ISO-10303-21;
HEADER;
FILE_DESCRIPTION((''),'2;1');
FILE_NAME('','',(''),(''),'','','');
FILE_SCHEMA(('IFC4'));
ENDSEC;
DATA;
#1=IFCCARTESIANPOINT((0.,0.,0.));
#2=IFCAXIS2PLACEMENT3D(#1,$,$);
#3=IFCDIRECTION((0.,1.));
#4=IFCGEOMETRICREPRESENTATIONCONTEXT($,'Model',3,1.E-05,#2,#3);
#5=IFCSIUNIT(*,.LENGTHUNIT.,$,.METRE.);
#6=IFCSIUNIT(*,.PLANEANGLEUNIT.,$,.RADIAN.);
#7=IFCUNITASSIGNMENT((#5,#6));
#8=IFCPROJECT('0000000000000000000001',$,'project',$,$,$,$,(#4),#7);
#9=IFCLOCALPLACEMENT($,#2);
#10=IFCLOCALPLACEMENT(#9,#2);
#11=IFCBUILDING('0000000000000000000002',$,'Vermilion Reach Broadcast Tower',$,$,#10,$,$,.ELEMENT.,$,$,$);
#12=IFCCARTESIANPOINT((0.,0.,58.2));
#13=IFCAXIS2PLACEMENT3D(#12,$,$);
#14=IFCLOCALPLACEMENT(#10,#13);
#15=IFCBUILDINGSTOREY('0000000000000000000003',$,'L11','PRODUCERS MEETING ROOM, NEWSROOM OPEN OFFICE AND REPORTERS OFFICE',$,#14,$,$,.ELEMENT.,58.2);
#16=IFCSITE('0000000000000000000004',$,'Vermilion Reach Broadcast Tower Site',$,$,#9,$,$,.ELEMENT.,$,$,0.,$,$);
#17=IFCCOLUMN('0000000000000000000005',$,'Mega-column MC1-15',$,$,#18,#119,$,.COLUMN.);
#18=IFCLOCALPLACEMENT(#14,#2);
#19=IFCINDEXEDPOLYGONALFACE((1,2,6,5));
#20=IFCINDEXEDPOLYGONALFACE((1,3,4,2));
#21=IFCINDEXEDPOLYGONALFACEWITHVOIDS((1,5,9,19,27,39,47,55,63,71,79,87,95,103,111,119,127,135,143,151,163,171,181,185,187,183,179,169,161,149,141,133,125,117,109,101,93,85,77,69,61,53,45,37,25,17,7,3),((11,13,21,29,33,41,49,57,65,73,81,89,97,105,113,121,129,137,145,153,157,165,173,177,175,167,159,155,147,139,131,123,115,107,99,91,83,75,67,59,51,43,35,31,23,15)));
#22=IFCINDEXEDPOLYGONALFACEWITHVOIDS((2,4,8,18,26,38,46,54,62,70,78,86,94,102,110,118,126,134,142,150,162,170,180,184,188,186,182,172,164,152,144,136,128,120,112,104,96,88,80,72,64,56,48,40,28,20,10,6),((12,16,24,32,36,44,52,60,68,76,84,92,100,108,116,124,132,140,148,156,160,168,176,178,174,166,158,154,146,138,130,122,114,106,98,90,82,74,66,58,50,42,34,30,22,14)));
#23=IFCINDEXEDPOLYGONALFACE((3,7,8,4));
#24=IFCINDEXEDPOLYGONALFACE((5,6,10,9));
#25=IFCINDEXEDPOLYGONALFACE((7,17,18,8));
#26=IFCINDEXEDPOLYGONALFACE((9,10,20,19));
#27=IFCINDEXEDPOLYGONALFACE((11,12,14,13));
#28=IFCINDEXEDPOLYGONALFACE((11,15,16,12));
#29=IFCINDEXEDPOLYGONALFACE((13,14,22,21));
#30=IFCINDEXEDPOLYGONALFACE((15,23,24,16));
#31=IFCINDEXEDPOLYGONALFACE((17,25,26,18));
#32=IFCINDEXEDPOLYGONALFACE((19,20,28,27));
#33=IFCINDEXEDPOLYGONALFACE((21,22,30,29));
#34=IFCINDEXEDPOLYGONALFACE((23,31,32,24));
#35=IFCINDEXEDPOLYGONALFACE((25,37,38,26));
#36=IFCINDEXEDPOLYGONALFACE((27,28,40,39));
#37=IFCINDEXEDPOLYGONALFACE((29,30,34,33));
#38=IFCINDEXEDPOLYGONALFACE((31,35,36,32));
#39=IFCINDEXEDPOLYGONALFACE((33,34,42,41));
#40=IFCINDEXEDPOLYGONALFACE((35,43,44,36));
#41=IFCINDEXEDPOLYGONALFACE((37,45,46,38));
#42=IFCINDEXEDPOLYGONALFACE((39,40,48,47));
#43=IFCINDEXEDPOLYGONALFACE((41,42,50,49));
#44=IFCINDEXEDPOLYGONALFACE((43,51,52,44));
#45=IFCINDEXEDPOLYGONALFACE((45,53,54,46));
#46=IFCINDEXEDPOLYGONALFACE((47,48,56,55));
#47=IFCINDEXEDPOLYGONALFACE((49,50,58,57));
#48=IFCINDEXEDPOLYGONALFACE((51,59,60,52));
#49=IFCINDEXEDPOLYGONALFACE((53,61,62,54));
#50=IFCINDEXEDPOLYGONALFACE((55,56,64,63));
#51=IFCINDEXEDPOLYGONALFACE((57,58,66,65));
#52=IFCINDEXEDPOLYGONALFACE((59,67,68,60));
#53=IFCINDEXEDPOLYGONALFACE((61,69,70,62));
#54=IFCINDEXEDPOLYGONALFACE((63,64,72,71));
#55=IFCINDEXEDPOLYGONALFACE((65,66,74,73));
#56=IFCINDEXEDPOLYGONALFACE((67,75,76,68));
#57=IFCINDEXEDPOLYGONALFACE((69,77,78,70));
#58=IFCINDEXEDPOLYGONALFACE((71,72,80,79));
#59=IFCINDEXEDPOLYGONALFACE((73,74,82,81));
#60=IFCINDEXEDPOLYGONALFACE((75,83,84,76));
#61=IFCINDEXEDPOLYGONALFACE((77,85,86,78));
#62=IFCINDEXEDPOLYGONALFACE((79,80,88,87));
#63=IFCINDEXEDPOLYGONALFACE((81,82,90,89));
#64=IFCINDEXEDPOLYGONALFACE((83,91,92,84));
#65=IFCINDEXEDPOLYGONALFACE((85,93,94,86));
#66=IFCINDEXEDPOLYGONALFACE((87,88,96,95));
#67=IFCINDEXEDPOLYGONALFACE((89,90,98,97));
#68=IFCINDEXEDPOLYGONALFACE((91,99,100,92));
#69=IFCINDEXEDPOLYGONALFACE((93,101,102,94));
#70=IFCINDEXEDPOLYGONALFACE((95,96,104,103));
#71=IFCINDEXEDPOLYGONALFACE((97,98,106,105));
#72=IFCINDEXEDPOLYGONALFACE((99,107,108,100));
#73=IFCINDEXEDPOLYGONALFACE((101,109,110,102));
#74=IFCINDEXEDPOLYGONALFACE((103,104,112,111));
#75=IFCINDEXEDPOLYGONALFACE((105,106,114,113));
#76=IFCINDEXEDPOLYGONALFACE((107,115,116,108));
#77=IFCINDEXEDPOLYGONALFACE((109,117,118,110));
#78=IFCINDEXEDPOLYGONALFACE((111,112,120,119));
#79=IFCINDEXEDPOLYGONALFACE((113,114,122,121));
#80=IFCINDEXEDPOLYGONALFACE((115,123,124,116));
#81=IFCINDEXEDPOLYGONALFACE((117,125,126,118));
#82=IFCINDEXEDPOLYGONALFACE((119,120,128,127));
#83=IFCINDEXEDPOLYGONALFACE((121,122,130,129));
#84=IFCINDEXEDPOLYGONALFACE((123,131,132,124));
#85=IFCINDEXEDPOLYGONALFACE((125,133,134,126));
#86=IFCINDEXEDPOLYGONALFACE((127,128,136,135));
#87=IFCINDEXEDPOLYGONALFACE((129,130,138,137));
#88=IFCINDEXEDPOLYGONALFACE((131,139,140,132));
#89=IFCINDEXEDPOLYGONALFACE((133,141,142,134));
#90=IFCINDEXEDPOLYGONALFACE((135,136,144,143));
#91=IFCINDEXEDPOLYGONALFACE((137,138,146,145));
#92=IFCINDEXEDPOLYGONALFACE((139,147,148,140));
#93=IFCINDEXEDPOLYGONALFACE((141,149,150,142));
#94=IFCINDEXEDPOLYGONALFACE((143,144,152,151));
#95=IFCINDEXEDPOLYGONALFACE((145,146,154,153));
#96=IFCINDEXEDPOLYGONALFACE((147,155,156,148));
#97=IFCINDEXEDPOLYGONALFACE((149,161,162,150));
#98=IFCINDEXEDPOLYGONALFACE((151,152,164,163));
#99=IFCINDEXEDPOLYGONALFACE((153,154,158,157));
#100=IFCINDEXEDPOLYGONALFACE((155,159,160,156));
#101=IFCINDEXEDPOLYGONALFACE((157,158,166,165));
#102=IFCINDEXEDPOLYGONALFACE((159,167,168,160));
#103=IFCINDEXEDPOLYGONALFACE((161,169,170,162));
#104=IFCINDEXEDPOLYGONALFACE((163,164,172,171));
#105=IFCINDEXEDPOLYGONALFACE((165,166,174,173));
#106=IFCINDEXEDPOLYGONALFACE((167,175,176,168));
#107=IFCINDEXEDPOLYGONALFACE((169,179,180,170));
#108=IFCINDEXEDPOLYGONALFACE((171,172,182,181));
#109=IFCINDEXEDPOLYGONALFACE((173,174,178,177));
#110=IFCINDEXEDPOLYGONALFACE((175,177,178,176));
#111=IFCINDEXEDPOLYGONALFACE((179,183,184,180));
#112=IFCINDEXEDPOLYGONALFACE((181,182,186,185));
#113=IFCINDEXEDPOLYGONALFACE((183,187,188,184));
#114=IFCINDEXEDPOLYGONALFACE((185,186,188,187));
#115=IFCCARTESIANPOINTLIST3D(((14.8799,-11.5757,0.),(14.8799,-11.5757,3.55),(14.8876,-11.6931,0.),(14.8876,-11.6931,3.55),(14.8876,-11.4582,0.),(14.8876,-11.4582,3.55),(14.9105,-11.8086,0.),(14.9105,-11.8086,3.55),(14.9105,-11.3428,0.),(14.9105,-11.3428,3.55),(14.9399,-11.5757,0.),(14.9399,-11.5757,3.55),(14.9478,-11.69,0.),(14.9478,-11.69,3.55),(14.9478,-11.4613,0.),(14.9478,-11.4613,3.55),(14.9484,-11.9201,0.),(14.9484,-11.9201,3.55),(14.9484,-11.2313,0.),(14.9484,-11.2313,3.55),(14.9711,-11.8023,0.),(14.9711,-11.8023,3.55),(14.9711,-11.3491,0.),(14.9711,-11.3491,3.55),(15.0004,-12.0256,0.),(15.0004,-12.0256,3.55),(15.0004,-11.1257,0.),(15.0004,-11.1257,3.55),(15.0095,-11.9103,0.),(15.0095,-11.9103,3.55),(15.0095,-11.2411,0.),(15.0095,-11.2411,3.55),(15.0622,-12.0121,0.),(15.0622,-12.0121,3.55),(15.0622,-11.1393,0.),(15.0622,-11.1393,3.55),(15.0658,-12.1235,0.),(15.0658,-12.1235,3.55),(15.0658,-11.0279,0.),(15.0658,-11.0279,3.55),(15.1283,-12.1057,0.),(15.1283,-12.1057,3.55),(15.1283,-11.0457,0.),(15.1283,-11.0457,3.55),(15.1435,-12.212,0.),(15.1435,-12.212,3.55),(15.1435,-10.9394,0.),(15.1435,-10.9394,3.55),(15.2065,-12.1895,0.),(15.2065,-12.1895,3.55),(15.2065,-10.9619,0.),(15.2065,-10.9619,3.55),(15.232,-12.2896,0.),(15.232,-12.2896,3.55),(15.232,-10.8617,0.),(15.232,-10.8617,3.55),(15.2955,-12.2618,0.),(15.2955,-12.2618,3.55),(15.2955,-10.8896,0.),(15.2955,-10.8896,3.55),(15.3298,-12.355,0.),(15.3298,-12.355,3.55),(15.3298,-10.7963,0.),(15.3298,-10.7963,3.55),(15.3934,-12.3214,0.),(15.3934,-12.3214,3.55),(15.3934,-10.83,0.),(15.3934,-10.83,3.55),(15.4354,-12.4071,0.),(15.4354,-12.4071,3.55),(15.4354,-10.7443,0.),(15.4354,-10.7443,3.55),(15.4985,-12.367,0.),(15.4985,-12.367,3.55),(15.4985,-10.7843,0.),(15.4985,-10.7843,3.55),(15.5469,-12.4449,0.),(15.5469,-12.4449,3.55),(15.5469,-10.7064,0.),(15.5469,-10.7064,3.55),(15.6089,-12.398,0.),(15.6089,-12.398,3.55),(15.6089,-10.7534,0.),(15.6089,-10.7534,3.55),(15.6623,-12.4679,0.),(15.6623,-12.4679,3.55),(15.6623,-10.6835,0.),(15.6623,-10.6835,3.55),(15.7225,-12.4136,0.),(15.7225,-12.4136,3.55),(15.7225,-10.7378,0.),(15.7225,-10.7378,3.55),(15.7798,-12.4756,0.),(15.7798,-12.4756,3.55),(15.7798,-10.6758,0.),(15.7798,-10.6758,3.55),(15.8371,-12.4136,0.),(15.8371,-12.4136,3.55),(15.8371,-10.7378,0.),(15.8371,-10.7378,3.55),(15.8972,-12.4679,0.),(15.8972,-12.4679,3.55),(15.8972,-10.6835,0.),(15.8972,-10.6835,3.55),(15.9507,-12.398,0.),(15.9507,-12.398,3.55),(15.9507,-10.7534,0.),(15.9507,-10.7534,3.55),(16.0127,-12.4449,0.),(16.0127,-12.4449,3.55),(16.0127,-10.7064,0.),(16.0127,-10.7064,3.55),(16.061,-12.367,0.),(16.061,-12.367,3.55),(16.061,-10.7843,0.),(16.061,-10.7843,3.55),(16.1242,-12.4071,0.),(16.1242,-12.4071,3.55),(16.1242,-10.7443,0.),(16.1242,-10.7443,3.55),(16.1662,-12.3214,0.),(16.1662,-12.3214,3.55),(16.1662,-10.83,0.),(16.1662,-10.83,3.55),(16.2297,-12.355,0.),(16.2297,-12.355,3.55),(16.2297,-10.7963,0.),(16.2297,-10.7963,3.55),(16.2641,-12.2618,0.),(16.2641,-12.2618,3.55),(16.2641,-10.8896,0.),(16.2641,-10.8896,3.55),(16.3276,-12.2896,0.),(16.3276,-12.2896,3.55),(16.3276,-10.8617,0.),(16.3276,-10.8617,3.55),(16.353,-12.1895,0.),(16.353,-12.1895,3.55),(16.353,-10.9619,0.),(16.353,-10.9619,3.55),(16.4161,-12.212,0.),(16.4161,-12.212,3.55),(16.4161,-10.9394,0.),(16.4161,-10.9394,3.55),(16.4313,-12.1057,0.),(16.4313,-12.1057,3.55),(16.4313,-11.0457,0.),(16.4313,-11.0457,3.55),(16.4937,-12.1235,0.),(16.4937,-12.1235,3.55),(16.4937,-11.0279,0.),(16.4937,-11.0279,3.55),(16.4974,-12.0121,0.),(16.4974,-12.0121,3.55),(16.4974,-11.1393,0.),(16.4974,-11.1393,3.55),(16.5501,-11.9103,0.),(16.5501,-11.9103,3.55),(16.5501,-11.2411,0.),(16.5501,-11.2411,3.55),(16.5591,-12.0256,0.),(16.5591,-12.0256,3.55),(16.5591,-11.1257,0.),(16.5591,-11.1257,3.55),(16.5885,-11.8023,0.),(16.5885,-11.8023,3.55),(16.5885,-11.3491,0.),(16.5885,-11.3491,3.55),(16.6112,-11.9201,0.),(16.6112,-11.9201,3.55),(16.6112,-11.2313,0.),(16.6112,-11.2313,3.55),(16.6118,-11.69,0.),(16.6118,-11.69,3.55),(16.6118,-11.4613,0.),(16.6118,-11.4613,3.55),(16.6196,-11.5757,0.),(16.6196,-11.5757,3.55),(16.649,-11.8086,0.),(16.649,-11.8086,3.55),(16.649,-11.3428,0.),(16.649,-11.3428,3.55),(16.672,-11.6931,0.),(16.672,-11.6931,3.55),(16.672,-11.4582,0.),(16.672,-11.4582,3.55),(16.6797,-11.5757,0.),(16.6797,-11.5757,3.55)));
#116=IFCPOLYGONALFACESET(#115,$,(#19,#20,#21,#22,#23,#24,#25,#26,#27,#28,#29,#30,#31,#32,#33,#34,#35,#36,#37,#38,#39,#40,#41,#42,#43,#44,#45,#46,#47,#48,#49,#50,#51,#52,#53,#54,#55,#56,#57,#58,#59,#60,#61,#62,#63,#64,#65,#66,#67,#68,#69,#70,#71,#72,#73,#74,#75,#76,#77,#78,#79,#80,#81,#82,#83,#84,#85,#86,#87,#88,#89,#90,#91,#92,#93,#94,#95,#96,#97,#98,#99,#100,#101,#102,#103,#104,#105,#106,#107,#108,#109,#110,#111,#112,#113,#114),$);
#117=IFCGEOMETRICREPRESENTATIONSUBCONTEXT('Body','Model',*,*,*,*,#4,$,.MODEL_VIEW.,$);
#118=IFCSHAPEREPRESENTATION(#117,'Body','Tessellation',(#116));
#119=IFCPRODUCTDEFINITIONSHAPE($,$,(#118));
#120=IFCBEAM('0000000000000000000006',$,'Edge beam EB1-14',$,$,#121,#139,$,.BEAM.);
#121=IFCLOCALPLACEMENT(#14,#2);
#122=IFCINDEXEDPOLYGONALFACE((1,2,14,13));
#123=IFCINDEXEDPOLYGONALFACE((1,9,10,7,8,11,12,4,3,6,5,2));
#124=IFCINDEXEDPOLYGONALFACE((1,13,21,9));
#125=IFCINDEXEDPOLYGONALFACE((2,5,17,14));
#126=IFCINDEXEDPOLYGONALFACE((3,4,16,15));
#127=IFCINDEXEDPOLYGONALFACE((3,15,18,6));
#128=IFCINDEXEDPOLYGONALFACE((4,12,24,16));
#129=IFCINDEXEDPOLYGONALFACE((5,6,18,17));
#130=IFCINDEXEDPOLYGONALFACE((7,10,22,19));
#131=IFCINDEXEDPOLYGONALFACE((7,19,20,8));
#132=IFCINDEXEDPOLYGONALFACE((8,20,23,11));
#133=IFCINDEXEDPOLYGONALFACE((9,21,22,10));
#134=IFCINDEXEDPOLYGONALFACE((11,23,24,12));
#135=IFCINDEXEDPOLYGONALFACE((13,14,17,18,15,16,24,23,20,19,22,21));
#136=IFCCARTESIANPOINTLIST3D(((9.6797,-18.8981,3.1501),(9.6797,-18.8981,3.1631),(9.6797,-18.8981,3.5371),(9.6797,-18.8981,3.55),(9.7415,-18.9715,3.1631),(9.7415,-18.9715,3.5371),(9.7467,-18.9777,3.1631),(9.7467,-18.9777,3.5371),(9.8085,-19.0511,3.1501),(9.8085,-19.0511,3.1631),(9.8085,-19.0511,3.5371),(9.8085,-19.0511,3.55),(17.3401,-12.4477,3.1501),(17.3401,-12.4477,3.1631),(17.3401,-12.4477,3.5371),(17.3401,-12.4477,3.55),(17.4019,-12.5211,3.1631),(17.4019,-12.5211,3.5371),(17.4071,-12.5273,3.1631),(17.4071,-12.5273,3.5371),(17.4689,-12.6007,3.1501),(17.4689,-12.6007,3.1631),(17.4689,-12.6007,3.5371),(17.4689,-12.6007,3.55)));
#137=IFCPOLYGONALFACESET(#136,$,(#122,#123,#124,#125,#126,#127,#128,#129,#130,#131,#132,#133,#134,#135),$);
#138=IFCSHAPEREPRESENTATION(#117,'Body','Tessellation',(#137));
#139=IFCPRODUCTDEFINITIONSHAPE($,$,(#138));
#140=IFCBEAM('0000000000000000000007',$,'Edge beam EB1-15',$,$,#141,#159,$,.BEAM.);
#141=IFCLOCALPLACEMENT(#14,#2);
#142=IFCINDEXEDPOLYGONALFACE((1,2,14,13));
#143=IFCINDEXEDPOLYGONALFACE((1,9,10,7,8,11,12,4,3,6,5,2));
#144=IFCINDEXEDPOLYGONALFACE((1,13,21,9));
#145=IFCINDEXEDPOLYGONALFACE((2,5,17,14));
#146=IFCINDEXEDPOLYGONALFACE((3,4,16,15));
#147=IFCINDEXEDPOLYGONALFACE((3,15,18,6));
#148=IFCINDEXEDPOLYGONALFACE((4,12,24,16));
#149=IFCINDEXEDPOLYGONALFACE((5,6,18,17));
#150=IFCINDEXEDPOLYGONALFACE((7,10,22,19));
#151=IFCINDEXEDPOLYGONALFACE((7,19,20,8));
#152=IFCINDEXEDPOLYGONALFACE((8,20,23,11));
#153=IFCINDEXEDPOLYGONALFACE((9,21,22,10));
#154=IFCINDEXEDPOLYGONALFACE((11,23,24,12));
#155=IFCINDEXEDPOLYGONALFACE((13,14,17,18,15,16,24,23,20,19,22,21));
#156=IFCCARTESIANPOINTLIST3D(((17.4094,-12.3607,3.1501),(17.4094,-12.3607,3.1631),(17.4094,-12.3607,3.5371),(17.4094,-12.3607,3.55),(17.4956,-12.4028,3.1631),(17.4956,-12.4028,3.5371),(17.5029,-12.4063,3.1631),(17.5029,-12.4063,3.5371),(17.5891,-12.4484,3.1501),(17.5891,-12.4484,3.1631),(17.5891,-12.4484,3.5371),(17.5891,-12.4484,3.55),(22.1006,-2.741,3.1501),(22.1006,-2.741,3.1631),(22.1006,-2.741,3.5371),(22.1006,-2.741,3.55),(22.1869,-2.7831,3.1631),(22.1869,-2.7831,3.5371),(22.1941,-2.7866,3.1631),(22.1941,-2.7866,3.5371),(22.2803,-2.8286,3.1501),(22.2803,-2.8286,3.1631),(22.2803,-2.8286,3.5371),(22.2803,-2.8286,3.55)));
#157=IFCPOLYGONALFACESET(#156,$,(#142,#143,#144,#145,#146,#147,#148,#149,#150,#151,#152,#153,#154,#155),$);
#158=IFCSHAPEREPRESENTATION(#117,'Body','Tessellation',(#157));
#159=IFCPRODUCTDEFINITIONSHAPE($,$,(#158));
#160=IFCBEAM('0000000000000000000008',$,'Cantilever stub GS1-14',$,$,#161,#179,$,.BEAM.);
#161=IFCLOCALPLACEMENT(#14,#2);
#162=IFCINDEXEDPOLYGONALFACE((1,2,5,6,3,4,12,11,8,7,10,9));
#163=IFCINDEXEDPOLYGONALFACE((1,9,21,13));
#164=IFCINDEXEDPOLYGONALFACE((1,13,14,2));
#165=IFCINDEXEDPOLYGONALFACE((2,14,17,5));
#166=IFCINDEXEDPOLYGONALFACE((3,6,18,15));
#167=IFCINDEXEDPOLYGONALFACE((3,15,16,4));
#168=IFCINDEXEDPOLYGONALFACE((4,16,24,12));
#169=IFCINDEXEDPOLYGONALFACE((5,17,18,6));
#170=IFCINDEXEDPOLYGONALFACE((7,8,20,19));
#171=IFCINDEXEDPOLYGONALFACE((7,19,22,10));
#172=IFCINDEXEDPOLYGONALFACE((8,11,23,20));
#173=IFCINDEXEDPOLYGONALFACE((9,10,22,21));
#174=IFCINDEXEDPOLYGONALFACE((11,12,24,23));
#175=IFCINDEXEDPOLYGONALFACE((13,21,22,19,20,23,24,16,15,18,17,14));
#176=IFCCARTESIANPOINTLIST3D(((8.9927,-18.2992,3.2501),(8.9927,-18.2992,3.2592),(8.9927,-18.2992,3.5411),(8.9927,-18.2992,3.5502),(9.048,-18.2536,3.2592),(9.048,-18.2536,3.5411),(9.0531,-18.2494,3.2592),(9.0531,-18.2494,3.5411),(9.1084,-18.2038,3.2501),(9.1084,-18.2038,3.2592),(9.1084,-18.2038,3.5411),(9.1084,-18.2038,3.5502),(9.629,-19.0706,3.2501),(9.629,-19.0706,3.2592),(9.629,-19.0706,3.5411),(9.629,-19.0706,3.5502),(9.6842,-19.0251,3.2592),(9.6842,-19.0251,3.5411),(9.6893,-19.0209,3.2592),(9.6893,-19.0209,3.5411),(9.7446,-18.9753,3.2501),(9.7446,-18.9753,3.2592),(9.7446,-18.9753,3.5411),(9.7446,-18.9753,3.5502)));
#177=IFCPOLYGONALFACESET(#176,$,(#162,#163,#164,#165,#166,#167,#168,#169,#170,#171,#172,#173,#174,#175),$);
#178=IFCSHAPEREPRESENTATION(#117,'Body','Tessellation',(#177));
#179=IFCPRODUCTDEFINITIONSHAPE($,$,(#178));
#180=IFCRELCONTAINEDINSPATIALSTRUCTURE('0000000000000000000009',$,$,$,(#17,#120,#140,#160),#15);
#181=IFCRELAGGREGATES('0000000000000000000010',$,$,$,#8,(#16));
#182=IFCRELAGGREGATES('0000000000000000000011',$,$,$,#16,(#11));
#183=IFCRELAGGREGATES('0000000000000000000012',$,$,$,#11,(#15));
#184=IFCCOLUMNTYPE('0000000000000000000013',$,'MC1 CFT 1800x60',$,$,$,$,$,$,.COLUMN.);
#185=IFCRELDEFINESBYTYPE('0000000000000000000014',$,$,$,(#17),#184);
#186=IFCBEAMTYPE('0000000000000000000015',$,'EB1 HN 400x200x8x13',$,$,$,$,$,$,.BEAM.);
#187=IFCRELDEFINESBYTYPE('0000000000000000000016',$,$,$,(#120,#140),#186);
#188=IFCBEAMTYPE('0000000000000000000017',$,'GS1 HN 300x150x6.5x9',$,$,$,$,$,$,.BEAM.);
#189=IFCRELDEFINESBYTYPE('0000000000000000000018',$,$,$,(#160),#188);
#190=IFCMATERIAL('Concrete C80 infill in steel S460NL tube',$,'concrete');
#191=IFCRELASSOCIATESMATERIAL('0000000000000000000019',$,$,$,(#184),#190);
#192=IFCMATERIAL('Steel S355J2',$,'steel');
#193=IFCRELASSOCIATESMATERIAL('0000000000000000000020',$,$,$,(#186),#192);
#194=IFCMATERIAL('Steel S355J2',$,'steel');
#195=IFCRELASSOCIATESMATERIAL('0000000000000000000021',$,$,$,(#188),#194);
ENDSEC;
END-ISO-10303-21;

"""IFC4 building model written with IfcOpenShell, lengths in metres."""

from ifc_helpers import new_model, si_unit, direction, frame, origin, origin_2d, place, context, subcontext, project, spatial, hollow_circle, i_section, extrude, material, material_profile, profile_set, type_object, element, save


model = new_model("IFC4")

# Units and contexts
model_context = context("Model", 3, precision=1e-05, world=origin(), true_north=direction((0.0, 1.0)))
body_context = subcontext(model_context, "Body", "Model", "MODEL_VIEW")
ifc_project = project(units=[si_unit("LENGTHUNIT", "METRE"), si_unit("PLANEANGLEUNIT", "RADIAN")], contexts=[model_context])

# Site, building, storey
site_placement = place(None, origin())
site = spatial("IfcSite", under=ifc_project, at=site_placement, Name="Vermilion Reach Broadcast Tower Site", CompositionType="ELEMENT", RefElevation=0.0)
building_placement = place(site_placement, origin())
building = spatial("IfcBuilding", under=site, at=building_placement, Name="Vermilion Reach Broadcast Tower", CompositionType="ELEMENT")
storey_placement = place(building_placement, frame((0.0, 0.0, 58.2)))
storey = spatial("IfcBuildingStorey", under=building, at=storey_placement, Name="L11", Description="PRODUCERS MEETING ROOM, NEWSROOM OPEN OFFICE AND REPORTERS OFFICE", CompositionType="ELEMENT", Elevation=58.2)

# Column
ifc_material_1 = material(Name="Concrete C80 infill in steel S460NL tube", Category="concrete")
ifc_material_profile_1 = material_profile(ifc_material_1, hollow_circle(Radius=0.8999, WallThickness=0.0601, at=origin_2d()), Name="Concrete C80 infill in steel S460NL tube CFT 1800x60")
ifc_profile_set_1 = profile_set([ifc_material_profile_1], Name="Concrete C80 infill in steel S460NL tube")
column_type = type_object("IfcColumnType", Name="MC1 CFT 1800x60", PredefinedType="COLUMN", material=ifc_profile_set_1)
for number, where, z_axis, x_axis, name in (
    (1, (15.7798, -11.5757, 0.0), (0.0, 0.0, 1.0), (1.0, 0.0, 0.0), "Mega-column MC1-15"),
):
    element("IfcColumn", number, at=place(storey_placement, frame(where, z_axis=z_axis, x_axis=x_axis)), inside=storey, type_object=column_type, Name=name, PredefinedType="COLUMN", context=body_context, shape_type="SweptSolid", body=[
        extrude(hollow_circle(Radius=0.8999, WallThickness=0.0601, at=origin_2d()), origin(), (0.0, 0.0, 1.0), 3.55),
    ])

# Beams
ifc_material_2 = material(Name="Steel S355J2", Category="steel")
ifc_material_profile_2 = material_profile(ifc_material_2, i_section(OverallWidth=0.2, OverallDepth=0.3999, WebThickness=0.0081, FlangeThickness=0.0129, at=origin_2d()), Name="S355J2 HN 400x200x8x13")
ifc_profile_set_2 = profile_set([ifc_material_profile_2], Name="Steel S355J2")
beam_type_1 = type_object("IfcBeamType", Name="EB1 HN 400x200x8x13", PredefinedType="BEAM", material=ifc_profile_set_2)
beam_1_placement = place(storey_placement, frame((9.7441, -18.9746, 3.3501), z_axis=(0.764932, 0.644111, 0.0), x_axis=(-0.644111, 0.764932, 0.0)))
element("IfcBeam", 2, at=beam_1_placement, inside=storey, type_object=beam_type_1, Name="Edge beam EB1-14", PredefinedType="BEAM", context=body_context, shape_type="SweptSolid", body=[
    extrude(i_section(OverallWidth=0.2, OverallDepth=0.3999, WebThickness=0.0081, FlangeThickness=0.0129, at=origin_2d()), origin(), (0.0, 0.0, 1.0), 10.0144),
])
beam_2_placement = place(storey_placement, frame((17.4993, -12.4045, 3.3501), z_axis=(0.438323, 0.898818, 0.0), x_axis=(-0.898818, 0.438323, 0.0)))
element("IfcBeam", 3, at=beam_2_placement, inside=storey, type_object=beam_type_1, Name="Edge beam EB1-15", PredefinedType="BEAM", context=body_context, shape_type="SweptSolid", body=[
    extrude(i_section(OverallWidth=0.2, OverallDepth=0.3999, WebThickness=0.0081, FlangeThickness=0.0129, at=origin_2d()), origin(), (0.0, 0.0, 1.0), 10.7026),
])
ifc_material_3 = material(Name="Steel S355J2", Category="steel")
ifc_material_profile_3 = material_profile(ifc_material_3, i_section(OverallWidth=0.1499, OverallDepth=0.3, WebThickness=0.0066, FlangeThickness=0.009, at=origin_2d()), Name="S355J2 HN 300x150x6.5x9")
ifc_profile_set_3 = profile_set([ifc_material_profile_3], Name="Steel S355J2")
beam_type_2 = type_object("IfcBeamType", Name="GS1 HN 300x150x6.5x9", PredefinedType="BEAM", material=ifc_profile_set_3)
beam_3_placement = place(storey_placement, frame((9.0505, -18.2515, 3.4001), z_axis=(0.636238, -0.771493, 0.0), x_axis=(0.771493, 0.636238, 0.0)))
element("IfcBeam", 4, at=beam_3_placement, inside=storey, type_object=beam_type_2, Name="Cantilever stub GS1-14", PredefinedType="BEAM", context=body_context, shape_type="SweptSolid", body=[
    extrude(i_section(OverallWidth=0.1499, OverallDepth=0.3, WebThickness=0.0066, FlangeThickness=0.009, at=origin_2d()), origin(), (0.0, 0.0, 1.0), 1.0),
])

save(model, "model.ifc")
